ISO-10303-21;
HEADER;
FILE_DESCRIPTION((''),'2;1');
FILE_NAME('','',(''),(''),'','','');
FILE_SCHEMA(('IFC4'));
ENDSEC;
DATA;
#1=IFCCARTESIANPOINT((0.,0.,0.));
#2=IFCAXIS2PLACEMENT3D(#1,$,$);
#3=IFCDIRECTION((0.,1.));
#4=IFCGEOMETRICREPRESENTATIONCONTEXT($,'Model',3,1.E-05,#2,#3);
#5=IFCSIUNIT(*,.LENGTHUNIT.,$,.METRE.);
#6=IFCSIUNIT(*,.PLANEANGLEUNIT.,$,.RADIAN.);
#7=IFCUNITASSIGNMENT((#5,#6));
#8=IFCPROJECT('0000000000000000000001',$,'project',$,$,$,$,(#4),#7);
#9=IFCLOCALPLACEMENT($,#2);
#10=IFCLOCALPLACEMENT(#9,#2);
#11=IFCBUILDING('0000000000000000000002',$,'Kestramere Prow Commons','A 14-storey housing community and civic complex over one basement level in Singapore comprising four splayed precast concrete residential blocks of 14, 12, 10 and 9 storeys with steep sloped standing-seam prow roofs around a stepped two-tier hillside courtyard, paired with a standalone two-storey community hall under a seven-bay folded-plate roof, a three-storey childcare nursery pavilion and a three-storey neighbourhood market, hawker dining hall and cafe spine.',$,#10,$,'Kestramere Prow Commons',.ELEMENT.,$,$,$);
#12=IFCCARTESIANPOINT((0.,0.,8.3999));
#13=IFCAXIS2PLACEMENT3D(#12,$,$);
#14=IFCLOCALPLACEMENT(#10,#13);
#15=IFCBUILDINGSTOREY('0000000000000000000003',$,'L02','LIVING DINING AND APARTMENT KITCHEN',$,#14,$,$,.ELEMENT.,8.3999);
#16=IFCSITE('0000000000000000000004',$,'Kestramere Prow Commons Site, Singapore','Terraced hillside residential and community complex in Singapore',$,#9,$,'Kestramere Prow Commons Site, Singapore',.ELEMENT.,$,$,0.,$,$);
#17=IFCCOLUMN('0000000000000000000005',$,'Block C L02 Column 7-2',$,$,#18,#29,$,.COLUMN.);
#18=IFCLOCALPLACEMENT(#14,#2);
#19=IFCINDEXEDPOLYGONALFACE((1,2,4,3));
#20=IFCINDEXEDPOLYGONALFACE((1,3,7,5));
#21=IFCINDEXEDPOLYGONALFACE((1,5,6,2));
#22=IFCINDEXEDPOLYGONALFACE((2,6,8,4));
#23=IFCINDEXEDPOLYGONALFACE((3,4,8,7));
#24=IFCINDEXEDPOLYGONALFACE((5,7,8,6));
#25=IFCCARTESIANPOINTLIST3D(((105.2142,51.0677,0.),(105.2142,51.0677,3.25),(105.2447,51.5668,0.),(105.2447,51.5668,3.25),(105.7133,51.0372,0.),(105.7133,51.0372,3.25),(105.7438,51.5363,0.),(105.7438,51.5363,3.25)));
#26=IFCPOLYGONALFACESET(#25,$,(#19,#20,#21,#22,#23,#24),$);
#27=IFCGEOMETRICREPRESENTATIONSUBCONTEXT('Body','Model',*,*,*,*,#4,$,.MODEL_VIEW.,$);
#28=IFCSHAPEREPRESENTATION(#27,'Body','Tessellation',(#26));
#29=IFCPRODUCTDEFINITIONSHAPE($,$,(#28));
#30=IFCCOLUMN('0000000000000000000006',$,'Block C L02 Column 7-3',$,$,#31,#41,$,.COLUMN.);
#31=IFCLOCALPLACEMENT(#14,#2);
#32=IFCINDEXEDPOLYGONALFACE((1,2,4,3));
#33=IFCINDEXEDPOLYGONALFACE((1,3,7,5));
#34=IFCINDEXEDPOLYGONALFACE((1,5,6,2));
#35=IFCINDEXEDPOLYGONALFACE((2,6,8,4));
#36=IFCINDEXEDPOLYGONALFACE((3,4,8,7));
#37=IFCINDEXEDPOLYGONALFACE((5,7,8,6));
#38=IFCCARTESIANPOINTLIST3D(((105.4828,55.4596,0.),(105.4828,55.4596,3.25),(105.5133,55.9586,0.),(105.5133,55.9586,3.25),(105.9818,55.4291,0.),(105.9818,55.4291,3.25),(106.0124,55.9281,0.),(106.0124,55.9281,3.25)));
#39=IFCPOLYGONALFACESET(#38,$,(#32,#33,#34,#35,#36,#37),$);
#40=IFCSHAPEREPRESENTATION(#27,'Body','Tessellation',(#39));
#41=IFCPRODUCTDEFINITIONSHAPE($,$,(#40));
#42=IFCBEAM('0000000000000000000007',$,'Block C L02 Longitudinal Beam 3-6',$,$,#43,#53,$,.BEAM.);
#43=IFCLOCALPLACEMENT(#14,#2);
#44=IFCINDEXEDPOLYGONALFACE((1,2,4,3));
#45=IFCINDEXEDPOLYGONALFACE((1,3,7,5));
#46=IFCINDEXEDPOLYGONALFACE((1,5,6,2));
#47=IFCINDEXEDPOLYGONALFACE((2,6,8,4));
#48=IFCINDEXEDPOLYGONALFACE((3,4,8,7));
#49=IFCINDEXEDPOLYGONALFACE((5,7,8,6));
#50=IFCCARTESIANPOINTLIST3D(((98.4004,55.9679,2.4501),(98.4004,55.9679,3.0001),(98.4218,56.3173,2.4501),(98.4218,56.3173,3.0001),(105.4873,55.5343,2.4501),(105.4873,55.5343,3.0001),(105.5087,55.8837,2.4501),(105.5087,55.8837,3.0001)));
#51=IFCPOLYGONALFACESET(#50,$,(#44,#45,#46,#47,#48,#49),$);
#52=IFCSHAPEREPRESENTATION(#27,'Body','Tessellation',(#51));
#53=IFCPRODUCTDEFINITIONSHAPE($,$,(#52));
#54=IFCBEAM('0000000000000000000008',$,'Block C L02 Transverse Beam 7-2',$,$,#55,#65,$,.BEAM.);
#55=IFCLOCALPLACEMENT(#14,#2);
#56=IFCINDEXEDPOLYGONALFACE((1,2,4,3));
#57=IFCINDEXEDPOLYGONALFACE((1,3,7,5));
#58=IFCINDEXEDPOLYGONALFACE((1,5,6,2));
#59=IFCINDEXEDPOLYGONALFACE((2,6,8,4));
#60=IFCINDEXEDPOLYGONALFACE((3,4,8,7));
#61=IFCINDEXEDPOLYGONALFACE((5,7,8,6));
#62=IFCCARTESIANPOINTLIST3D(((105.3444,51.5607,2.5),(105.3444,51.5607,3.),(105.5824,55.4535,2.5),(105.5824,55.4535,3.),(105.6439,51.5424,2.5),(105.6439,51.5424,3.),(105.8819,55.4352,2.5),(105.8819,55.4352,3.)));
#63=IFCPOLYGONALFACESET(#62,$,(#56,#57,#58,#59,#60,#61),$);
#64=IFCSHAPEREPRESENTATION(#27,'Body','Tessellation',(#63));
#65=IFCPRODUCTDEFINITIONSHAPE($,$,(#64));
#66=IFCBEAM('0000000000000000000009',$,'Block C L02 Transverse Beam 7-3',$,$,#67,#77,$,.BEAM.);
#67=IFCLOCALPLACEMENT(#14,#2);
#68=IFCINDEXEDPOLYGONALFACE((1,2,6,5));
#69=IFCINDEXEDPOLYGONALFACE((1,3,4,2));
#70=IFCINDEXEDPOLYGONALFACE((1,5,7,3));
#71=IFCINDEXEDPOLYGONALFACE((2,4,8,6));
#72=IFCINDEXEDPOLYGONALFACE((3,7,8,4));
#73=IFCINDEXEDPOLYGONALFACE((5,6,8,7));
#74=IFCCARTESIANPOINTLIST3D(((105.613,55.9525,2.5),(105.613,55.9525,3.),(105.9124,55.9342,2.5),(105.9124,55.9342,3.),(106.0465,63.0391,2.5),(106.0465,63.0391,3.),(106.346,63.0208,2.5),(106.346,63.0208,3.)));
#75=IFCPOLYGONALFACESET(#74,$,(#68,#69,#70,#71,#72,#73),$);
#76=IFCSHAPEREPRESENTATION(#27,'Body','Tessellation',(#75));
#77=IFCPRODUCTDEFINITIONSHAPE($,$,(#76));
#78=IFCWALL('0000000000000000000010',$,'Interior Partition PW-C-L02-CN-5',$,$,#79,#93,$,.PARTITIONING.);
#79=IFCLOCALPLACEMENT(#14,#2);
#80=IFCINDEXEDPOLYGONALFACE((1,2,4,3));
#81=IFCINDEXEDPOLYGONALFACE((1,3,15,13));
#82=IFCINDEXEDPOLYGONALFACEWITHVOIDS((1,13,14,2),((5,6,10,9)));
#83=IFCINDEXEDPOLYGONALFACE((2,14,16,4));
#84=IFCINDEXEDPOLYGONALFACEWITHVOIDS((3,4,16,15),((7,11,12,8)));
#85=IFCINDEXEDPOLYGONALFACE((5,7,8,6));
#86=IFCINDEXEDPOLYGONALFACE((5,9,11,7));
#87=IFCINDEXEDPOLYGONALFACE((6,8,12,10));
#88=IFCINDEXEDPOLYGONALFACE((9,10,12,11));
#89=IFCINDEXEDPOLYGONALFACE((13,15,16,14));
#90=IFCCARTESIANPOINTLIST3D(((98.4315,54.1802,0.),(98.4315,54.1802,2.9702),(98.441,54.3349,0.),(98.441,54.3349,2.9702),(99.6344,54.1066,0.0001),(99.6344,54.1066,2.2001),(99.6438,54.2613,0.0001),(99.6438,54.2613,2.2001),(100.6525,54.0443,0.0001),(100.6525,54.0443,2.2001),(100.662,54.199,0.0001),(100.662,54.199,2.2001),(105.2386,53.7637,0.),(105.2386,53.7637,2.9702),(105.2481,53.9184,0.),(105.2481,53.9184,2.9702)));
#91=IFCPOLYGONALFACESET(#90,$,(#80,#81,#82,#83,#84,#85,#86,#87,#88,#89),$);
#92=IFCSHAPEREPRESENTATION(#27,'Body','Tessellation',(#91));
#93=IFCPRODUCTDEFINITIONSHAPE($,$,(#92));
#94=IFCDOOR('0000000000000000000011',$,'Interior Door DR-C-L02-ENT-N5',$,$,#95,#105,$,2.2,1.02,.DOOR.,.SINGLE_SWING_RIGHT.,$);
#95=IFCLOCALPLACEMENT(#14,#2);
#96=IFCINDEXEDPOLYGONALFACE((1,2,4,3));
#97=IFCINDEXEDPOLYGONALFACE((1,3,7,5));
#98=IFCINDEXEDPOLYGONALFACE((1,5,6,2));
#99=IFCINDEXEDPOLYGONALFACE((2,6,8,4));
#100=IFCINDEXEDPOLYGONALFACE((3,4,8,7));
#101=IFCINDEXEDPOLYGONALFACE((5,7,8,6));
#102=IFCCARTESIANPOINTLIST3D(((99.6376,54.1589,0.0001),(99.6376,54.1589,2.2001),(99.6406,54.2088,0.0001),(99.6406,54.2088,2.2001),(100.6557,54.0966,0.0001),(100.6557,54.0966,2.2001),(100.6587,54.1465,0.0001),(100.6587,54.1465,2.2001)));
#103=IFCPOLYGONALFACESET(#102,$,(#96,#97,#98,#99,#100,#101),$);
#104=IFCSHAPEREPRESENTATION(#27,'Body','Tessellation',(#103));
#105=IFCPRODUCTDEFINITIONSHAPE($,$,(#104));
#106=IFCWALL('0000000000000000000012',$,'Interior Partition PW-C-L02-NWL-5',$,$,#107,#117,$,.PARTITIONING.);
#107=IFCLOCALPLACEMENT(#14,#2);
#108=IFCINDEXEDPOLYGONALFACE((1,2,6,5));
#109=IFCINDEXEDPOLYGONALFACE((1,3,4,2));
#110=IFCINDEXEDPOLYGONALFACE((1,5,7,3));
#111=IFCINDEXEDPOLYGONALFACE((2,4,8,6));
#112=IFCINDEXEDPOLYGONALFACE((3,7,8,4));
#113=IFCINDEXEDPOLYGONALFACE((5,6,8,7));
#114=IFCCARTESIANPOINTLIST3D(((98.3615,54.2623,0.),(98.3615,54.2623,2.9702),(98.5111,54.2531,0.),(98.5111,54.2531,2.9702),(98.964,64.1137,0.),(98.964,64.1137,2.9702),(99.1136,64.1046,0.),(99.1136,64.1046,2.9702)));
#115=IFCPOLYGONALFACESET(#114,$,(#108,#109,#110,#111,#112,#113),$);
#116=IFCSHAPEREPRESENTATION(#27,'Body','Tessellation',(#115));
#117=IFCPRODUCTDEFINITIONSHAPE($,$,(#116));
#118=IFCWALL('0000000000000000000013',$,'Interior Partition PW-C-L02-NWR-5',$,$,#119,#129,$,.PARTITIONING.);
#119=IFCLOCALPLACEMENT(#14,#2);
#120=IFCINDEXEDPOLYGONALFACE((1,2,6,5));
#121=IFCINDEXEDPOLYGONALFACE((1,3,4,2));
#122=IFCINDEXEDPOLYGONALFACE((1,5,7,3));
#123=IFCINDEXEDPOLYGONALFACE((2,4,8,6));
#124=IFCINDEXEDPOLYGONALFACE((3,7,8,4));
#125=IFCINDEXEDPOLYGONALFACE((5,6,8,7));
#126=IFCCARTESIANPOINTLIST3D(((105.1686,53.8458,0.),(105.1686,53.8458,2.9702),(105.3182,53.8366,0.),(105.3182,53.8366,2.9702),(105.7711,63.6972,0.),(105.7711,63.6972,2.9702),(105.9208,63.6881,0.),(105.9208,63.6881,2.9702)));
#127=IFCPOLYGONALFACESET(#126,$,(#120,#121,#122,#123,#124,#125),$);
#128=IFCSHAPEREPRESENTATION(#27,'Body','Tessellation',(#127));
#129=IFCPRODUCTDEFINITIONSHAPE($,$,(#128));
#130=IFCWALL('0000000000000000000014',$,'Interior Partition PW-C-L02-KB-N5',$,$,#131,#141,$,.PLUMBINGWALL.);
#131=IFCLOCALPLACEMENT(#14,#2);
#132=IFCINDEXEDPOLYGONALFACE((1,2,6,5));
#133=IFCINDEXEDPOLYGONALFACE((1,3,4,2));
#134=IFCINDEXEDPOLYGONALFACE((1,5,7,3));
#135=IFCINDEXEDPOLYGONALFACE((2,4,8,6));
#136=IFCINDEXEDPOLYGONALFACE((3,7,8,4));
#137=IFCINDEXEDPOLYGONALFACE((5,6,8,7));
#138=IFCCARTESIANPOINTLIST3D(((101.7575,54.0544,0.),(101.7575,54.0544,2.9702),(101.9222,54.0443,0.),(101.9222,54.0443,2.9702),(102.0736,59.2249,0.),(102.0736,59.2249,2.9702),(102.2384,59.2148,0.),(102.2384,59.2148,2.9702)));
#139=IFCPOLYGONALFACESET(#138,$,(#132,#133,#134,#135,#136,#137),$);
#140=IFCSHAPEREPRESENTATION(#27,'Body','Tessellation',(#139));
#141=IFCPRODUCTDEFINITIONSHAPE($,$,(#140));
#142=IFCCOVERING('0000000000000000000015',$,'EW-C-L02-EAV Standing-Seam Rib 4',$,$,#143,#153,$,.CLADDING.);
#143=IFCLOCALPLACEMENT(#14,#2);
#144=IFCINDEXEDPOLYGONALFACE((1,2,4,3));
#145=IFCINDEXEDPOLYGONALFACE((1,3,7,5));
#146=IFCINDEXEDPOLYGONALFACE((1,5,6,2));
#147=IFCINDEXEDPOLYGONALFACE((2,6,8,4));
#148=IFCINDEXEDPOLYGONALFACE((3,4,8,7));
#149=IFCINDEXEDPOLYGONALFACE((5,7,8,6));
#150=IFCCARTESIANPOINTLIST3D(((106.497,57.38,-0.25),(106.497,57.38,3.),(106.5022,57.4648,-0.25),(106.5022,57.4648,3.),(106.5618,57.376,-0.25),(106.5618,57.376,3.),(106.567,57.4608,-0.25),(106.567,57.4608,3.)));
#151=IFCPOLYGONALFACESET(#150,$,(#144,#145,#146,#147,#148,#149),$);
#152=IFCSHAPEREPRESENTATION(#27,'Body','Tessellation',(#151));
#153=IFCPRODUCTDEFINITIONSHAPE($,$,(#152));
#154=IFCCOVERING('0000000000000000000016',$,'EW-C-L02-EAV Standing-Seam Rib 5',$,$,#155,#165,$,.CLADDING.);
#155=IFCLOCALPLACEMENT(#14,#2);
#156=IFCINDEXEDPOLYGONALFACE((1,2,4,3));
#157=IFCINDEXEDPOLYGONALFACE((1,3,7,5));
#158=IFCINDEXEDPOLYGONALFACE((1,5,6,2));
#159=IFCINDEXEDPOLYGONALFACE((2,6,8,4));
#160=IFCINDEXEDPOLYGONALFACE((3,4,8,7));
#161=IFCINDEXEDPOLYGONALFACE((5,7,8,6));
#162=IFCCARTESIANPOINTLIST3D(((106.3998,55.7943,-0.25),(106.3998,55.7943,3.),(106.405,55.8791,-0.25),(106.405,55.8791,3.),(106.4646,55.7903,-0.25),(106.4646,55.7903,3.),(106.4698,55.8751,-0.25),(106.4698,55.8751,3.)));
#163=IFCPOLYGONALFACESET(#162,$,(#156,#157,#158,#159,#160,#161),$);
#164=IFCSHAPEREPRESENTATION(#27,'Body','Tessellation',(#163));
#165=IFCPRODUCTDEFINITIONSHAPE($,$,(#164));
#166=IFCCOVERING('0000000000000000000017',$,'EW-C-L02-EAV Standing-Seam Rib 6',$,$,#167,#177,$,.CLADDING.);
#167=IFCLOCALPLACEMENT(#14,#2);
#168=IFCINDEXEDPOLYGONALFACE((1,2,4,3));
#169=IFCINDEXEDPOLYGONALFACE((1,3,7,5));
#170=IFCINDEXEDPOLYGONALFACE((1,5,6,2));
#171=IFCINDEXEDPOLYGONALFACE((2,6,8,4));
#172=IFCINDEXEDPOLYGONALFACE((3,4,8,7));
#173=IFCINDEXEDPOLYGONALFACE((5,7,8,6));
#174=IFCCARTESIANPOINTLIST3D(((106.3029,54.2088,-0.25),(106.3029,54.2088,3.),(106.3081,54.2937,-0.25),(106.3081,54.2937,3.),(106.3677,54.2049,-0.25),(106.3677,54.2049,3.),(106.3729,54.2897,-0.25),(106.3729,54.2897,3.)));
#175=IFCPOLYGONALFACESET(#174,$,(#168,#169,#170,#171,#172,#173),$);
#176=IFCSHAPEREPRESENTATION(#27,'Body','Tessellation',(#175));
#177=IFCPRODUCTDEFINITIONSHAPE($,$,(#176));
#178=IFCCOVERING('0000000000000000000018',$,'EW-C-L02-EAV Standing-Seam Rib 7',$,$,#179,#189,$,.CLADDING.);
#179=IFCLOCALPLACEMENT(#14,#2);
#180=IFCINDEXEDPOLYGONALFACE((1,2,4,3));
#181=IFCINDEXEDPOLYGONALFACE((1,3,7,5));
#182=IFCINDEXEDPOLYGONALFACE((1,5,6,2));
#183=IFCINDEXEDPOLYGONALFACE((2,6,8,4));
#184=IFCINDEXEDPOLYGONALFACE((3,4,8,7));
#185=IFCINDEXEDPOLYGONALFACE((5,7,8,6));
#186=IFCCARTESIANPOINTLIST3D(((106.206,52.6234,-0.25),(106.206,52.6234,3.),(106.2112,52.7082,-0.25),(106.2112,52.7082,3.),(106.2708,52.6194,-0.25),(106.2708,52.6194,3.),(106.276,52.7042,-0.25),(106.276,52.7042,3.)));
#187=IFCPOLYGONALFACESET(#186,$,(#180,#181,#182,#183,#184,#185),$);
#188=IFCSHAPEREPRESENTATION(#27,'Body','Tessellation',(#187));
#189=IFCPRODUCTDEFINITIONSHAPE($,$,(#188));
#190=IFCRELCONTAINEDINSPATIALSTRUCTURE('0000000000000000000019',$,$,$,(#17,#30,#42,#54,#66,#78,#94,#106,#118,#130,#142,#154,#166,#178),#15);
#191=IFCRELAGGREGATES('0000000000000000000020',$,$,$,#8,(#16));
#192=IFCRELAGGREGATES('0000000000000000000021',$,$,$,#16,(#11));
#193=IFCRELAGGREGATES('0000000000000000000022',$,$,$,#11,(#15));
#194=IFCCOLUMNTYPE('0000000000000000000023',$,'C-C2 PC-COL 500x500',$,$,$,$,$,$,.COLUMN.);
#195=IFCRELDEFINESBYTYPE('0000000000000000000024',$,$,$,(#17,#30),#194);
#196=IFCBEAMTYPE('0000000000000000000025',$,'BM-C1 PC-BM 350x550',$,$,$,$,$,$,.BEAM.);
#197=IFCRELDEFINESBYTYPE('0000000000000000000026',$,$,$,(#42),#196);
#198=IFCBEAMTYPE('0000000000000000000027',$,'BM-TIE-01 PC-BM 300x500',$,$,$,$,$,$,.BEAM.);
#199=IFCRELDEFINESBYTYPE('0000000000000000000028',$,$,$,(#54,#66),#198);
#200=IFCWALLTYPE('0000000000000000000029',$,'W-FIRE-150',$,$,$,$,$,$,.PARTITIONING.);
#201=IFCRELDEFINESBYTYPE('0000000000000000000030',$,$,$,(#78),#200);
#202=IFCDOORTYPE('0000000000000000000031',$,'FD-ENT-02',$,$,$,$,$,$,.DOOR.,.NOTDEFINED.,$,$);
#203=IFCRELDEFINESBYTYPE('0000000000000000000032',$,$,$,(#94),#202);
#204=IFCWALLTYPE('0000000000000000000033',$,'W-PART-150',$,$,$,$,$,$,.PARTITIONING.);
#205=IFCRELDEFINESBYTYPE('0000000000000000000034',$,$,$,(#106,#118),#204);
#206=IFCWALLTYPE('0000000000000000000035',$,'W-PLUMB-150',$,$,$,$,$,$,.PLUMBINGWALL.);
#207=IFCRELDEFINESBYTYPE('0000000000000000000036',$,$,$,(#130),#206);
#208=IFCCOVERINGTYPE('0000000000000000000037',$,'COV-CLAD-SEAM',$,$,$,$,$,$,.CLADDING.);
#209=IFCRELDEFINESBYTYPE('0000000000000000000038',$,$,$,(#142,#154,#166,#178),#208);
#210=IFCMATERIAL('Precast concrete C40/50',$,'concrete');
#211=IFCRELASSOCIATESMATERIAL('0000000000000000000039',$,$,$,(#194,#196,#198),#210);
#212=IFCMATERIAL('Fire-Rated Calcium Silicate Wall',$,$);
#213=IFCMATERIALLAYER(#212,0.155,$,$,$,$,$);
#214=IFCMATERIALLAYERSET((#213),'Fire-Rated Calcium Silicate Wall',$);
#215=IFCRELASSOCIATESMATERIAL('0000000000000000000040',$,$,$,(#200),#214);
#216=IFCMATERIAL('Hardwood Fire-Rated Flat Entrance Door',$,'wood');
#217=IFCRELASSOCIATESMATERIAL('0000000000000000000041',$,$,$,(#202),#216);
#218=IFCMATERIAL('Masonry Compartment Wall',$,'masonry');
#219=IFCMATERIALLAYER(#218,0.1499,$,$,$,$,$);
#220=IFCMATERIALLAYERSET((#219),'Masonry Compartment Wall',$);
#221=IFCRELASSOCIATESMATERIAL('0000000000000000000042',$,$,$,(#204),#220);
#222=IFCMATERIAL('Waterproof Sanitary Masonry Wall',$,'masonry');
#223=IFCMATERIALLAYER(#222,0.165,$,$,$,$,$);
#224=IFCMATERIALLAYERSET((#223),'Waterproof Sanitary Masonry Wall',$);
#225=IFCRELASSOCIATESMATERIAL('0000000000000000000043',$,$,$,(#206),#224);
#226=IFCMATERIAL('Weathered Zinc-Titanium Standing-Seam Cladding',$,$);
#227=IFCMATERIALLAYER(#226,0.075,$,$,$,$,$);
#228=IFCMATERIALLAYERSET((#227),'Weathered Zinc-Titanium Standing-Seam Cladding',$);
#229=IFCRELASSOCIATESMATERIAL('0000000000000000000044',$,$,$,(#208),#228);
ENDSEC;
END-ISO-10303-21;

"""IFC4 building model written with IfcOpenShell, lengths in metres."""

from ifc_helpers import new_model, si_unit, direction, frame, frame_2d, origin, origin_2d, place, context, subcontext, project, spatial, rectangle, extrude, material, layer, layer_set, material_profile, profile_set, type_object, element, fill, save


model = new_model("IFC4")

# Units and contexts
model_context = context("Model", 3, precision=1e-05, world=origin(), true_north=direction((0.0, 1.0)))
body_context = subcontext(model_context, "Body", "Model", "MODEL_VIEW")
ifc_project = project(units=[si_unit("LENGTHUNIT", "METRE"), si_unit("PLANEANGLEUNIT", "RADIAN")], contexts=[model_context])

# Site, building, storey
site_placement = place(None, origin())
site = spatial("IfcSite", under=ifc_project, at=site_placement, Name="Kestramere Prow Commons Site, Singapore", Description="Terraced hillside residential and community complex in Singapore", LongName="Kestramere Prow Commons Site, Singapore", CompositionType="ELEMENT", RefElevation=0.0)
building_placement = place(site_placement, origin())
building = spatial("IfcBuilding", under=site, at=building_placement, Name="Kestramere Prow Commons", Description="A 14-storey housing community and civic complex over one basement level in Singapore comprising four splayed precast concrete residential blocks of 14, 12, 10 and 9 storeys with steep sloped standing-seam prow roofs around a stepped two-tier hillside courtyard, paired with a standalone two-storey community hall under a seven-bay folded-plate roof, a three-storey childcare nursery pavilion and a three-storey neighbourhood market, hawker dining hall and cafe spine.", LongName="Kestramere Prow Commons", CompositionType="ELEMENT")
storey_placement = place(building_placement, frame((0.0, 0.0, 8.3999)))
storey = spatial("IfcBuildingStorey", under=building, at=storey_placement, Name="L02", Description="LIVING DINING AND APARTMENT KITCHEN", CompositionType="ELEMENT", Elevation=8.3999)

# Columns
ifc_material_1 = material(Name="Precast concrete C40/50", Category="concrete")
ifc_material_profile_1 = material_profile(ifc_material_1, rectangle(XDim=0.5, YDim=0.5, at=origin_2d()), Name="PC-COL 500x500")
ifc_profile_set_1 = profile_set([ifc_material_profile_1], Name="Precast concrete C40/50")
column_type = type_object("IfcColumnType", Name="C-C2 PC-COL 500x500", PredefinedType="COLUMN", material=ifc_profile_set_1)
for number, where, z_axis, x_axis, name in (
    (1, (105.479, 51.302, 0.0), (0.0, 0.0, 1.0), (0.998135, -0.061049, 0.0), "Block C L02 Column 7-2"),
    (2, (105.7476, 55.6938, 0.0), (0.0, 0.0, 1.0), (0.998135, -0.061049, 0.0), "Block C L02 Column 7-3"),
):
    element("IfcColumn", number, at=place(storey_placement, frame(where, z_axis=z_axis, x_axis=x_axis)), inside=storey, type_object=column_type, Name=name, PredefinedType="COLUMN", context=body_context, shape_type="SweptSolid", body=[
        extrude(rectangle(XDim=0.5, YDim=0.5, at=origin_2d()), origin(), (0.0, 0.0, 1.0), 3.25),
    ])

# Beams
ifc_material_profile_2 = material_profile(ifc_material_1, rectangle(XDim=0.3501, YDim=0.55, at=origin_2d()), Name="PC-BM 350x550")
ifc_profile_set_2 = profile_set([ifc_material_profile_2], Name="Precast concrete C40/50")
beam_type_1 = type_object("IfcBeamType", Name="BM-C1 PC-BM 350x550", PredefinedType="BEAM", material=ifc_profile_set_2)
beam_1_placement = place(storey_placement, frame((98.4111, 56.1426, 2.7251), z_axis=(0.998134, -0.061068, 0.0), x_axis=(0.061068, 0.998134, 0.0)))
element("IfcBeam", 3, at=beam_1_placement, inside=storey, type_object=beam_type_1, Name="Block C L02 Longitudinal Beam 3-6", PredefinedType="BEAM", context=body_context, shape_type="SweptSolid", body=[
    extrude(rectangle(XDim=0.3501, YDim=0.55, at=origin_2d()), origin(), (0.0, 0.0, 1.0), 7.1001),
])
ifc_material_profile_3 = material_profile(ifc_material_1, rectangle(XDim=0.3, YDim=0.5, at=origin_2d()), Name="PC-BM 300x500")
ifc_profile_set_3 = profile_set([ifc_material_profile_3], Name="Precast concrete C40/50")
beam_type_2 = type_object("IfcBeamType", Name="BM-TIE-01 PC-BM 300x500", PredefinedType="BEAM", material=ifc_profile_set_3)
beam_2_placement = place(storey_placement, frame((105.4941, 51.5515, 2.75), z_axis=(0.061034, 0.998136, 0.0), x_axis=(-0.998136, 0.061034, 0.0)))
element("IfcBeam", 4, at=beam_2_placement, inside=storey, type_object=beam_type_2, Name="Block C L02 Transverse Beam 7-2", PredefinedType="BEAM", context=body_context, shape_type="SweptSolid", body=[
    extrude(rectangle(XDim=0.3, YDim=0.5, at=origin_2d()), origin(), (0.0, 0.0, 1.0), 3.9001),
])
beam_3_placement = place(storey_placement, frame((105.7627, 55.9434, 2.75), z_axis=(0.06107, 0.998133, 0.0), x_axis=(-0.998133, 0.06107, 0.0)))
element("IfcBeam", 5, at=beam_3_placement, inside=storey, type_object=beam_type_2, Name="Block C L02 Transverse Beam 7-3", PredefinedType="BEAM", context=body_context, shape_type="SweptSolid", body=[
    extrude(rectangle(XDim=0.3, YDim=0.5, at=origin_2d()), origin(), (0.0, 0.0, 1.0), 7.0999),
])

# Wall, opening, door
ifc_material_2 = material(Name="Fire-Rated Calcium Silicate Wall")
ifc_layer_1 = layer(ifc_material_2, 0.155)
ifc_layer_set_1 = layer_set([ifc_layer_1], Name="Fire-Rated Calcium Silicate Wall")
wall_type_1 = type_object("IfcWallType", Name="W-FIRE-150", PredefinedType="PARTITIONING", material=ifc_layer_set_1)
wall_1_placement = place(storey_placement, frame((98.4363, 54.2576, 0.0), z_axis=(0.0, 0.0, 1.0), x_axis=(0.998133, -0.061072, 0.0)))
wall_1 = element("IfcWall", 6, at=wall_1_placement, inside=storey, type_object=wall_type_1, Name="Interior Partition PW-C-L02-CN-5", PredefinedType="PARTITIONING", context=body_context, shape_type="SweptSolid", body=[
    extrude(rectangle(XDim=6.8198, YDim=0.155, at=frame_2d((3.4099, 0.0))), origin(), (0.0, 0.0, 1.0), 2.9702),
])
opening_1_placement = place(wall_1_placement, frame((1.2051, 0.0, 0.0)))
opening_1 = element("IfcOpeningElement", 7, at=opening_1_placement, cuts=wall_1, PredefinedType="OPENING", context=body_context, shape_type="SweptSolid", body=[
    extrude(rectangle(XDim=1.02, YDim=2.2, at=frame_2d((0.51, 1.1001))), frame((0.0, 0.0925, 0.0), z_axis=(0.0, -1.0, 0.0), x_axis=(1.0, 0.0, 0.0)), (0.0, 0.0, 1.0), 0.1851),
])
ifc_material_3 = material(Name="Hardwood Fire-Rated Flat Entrance Door", Category="wood")
door_type_1 = type_object("IfcDoorType", Name="FD-ENT-02", OperationType="NOTDEFINED", PredefinedType="DOOR", material=ifc_material_3)
door_1_placement = place(opening_1_placement, origin())
door_1 = element("IfcDoor", 8, at=door_1_placement, inside=storey, type_object=door_type_1, Name="Interior Door DR-C-L02-ENT-N5", OperationType="SINGLE_SWING_RIGHT", OverallHeight=2.2, OverallWidth=1.02, PredefinedType="DOOR", context=body_context, shape_type="SweptSolid", body=[
    extrude(rectangle(XDim=1.02, YDim=2.2, at=frame_2d((0.51, 1.1001))), frame((0.0, 0.0249, 0.0), z_axis=(0.0, -1.0, 0.0), x_axis=(1.0, 0.0, 0.0)), (0.0, 0.0, 1.0), 0.05),
])
fill(opening_1, door_1)

# Walls
ifc_material_4 = material(Name="Masonry Compartment Wall", Category="masonry")
ifc_layer_2 = layer(ifc_material_4, 0.1499)
ifc_layer_set_2 = layer_set([ifc_layer_2], Name="Masonry Compartment Wall")
wall_type_2 = type_object("IfcWallType", Name="W-PART-150", PredefinedType="PARTITIONING", material=ifc_layer_set_2)
for number, where, z_axis, x_axis, name in (
    (9, (98.4363, 54.2576, 0.0), (0.0, 0.0, 1.0), (0.061048, 0.998135, 0.0), "Interior Partition PW-C-L02-NWL-5"),
    (10, (105.2434, 53.8411, 0.0), (0.0, 0.0, 1.0), (0.061048, 0.998135, 0.0), "Interior Partition PW-C-L02-NWR-5"),
):
    element("IfcWall", number, at=place(storey_placement, frame(where, z_axis=z_axis, x_axis=x_axis)), inside=storey, type_object=wall_type_2, Name=name, PredefinedType="PARTITIONING", context=body_context, shape_type="SweptSolid", body=[
        extrude(rectangle(XDim=9.8699, YDim=0.1499, at=frame_2d((4.9351, 0.0))), origin(), (0.0, 0.0, 1.0), 2.9702),
    ])

# Shared definitions
ifc_material_5 = material(Name="Waterproof Sanitary Masonry Wall", Category="masonry")
ifc_layer_3 = layer(ifc_material_5, 0.165)
ifc_layer_set_3 = layer_set([ifc_layer_3], Name="Waterproof Sanitary Masonry Wall")
wall_type_3 = type_object("IfcWallType", Name="W-PLUMB-150", PredefinedType="PLUMBINGWALL", material=ifc_layer_set_3)

# Wall
wall_2_placement = place(storey_placement, frame((101.8398, 54.0493, 0.0), z_axis=(0.0, 0.0, 1.0), x_axis=(0.061034, 0.998136, 0.0)))
element("IfcWall", 11, at=wall_2_placement, inside=storey, type_object=wall_type_3, Name="Interior Partition PW-C-L02-KB-N5", PredefinedType="PLUMBINGWALL", context=body_context, shape_type="SweptSolid", body=[
    extrude(rectangle(XDim=5.1802, YDim=0.165, at=frame_2d((2.5901, 0.0))), origin(), (0.0, 0.0, 1.0), 2.9702),
])

# Coverings
ifc_material_6 = material(Name="Weathered Zinc-Titanium Standing-Seam Cladding")
ifc_layer_4 = layer(ifc_material_6, 0.075)
ifc_layer_set_4 = layer_set([ifc_layer_4], Name="Weathered Zinc-Titanium Standing-Seam Cladding")
covering_type = type_object("IfcCoveringType", Name="COV-CLAD-SEAM", PredefinedType="CLADDING", material=ifc_layer_set_4)
for number, where, z_axis, x_axis, name in (
    (12, (106.532, 57.4204, -0.25), (0.0, 0.0, 1.0), (-0.061049, -0.998135, 0.0), "EW-C-L02-EAV Standing-Seam Rib 4"),
    (13, (106.4348, 55.8347, -0.25), (0.0, 0.0, 1.0), (-0.061049, -0.998135, 0.0), "EW-C-L02-EAV Standing-Seam Rib 5"),
    (14, (106.3379, 54.2493, -0.25), (0.0, 0.0, 1.0), (-0.061049, -0.998135, 0.0), "EW-C-L02-EAV Standing-Seam Rib 6"),
    (15, (106.241, 52.6638, -0.25), (0.0, 0.0, 1.0), (-0.061049, -0.998135, 0.0), "EW-C-L02-EAV Standing-Seam Rib 7"),
):
    element("IfcCovering", number, at=place(storey_placement, frame(where, z_axis=z_axis, x_axis=x_axis)), inside=storey, type_object=covering_type, Name=name, PredefinedType="CLADDING", context=body_context, shape_type="SweptSolid", body=[
        extrude(rectangle(XDim=0.085, YDim=0.0649, at=origin_2d()), origin(), (0.0, 0.0, 1.0), 3.25),
    ])

save(model, "model.ifc")
